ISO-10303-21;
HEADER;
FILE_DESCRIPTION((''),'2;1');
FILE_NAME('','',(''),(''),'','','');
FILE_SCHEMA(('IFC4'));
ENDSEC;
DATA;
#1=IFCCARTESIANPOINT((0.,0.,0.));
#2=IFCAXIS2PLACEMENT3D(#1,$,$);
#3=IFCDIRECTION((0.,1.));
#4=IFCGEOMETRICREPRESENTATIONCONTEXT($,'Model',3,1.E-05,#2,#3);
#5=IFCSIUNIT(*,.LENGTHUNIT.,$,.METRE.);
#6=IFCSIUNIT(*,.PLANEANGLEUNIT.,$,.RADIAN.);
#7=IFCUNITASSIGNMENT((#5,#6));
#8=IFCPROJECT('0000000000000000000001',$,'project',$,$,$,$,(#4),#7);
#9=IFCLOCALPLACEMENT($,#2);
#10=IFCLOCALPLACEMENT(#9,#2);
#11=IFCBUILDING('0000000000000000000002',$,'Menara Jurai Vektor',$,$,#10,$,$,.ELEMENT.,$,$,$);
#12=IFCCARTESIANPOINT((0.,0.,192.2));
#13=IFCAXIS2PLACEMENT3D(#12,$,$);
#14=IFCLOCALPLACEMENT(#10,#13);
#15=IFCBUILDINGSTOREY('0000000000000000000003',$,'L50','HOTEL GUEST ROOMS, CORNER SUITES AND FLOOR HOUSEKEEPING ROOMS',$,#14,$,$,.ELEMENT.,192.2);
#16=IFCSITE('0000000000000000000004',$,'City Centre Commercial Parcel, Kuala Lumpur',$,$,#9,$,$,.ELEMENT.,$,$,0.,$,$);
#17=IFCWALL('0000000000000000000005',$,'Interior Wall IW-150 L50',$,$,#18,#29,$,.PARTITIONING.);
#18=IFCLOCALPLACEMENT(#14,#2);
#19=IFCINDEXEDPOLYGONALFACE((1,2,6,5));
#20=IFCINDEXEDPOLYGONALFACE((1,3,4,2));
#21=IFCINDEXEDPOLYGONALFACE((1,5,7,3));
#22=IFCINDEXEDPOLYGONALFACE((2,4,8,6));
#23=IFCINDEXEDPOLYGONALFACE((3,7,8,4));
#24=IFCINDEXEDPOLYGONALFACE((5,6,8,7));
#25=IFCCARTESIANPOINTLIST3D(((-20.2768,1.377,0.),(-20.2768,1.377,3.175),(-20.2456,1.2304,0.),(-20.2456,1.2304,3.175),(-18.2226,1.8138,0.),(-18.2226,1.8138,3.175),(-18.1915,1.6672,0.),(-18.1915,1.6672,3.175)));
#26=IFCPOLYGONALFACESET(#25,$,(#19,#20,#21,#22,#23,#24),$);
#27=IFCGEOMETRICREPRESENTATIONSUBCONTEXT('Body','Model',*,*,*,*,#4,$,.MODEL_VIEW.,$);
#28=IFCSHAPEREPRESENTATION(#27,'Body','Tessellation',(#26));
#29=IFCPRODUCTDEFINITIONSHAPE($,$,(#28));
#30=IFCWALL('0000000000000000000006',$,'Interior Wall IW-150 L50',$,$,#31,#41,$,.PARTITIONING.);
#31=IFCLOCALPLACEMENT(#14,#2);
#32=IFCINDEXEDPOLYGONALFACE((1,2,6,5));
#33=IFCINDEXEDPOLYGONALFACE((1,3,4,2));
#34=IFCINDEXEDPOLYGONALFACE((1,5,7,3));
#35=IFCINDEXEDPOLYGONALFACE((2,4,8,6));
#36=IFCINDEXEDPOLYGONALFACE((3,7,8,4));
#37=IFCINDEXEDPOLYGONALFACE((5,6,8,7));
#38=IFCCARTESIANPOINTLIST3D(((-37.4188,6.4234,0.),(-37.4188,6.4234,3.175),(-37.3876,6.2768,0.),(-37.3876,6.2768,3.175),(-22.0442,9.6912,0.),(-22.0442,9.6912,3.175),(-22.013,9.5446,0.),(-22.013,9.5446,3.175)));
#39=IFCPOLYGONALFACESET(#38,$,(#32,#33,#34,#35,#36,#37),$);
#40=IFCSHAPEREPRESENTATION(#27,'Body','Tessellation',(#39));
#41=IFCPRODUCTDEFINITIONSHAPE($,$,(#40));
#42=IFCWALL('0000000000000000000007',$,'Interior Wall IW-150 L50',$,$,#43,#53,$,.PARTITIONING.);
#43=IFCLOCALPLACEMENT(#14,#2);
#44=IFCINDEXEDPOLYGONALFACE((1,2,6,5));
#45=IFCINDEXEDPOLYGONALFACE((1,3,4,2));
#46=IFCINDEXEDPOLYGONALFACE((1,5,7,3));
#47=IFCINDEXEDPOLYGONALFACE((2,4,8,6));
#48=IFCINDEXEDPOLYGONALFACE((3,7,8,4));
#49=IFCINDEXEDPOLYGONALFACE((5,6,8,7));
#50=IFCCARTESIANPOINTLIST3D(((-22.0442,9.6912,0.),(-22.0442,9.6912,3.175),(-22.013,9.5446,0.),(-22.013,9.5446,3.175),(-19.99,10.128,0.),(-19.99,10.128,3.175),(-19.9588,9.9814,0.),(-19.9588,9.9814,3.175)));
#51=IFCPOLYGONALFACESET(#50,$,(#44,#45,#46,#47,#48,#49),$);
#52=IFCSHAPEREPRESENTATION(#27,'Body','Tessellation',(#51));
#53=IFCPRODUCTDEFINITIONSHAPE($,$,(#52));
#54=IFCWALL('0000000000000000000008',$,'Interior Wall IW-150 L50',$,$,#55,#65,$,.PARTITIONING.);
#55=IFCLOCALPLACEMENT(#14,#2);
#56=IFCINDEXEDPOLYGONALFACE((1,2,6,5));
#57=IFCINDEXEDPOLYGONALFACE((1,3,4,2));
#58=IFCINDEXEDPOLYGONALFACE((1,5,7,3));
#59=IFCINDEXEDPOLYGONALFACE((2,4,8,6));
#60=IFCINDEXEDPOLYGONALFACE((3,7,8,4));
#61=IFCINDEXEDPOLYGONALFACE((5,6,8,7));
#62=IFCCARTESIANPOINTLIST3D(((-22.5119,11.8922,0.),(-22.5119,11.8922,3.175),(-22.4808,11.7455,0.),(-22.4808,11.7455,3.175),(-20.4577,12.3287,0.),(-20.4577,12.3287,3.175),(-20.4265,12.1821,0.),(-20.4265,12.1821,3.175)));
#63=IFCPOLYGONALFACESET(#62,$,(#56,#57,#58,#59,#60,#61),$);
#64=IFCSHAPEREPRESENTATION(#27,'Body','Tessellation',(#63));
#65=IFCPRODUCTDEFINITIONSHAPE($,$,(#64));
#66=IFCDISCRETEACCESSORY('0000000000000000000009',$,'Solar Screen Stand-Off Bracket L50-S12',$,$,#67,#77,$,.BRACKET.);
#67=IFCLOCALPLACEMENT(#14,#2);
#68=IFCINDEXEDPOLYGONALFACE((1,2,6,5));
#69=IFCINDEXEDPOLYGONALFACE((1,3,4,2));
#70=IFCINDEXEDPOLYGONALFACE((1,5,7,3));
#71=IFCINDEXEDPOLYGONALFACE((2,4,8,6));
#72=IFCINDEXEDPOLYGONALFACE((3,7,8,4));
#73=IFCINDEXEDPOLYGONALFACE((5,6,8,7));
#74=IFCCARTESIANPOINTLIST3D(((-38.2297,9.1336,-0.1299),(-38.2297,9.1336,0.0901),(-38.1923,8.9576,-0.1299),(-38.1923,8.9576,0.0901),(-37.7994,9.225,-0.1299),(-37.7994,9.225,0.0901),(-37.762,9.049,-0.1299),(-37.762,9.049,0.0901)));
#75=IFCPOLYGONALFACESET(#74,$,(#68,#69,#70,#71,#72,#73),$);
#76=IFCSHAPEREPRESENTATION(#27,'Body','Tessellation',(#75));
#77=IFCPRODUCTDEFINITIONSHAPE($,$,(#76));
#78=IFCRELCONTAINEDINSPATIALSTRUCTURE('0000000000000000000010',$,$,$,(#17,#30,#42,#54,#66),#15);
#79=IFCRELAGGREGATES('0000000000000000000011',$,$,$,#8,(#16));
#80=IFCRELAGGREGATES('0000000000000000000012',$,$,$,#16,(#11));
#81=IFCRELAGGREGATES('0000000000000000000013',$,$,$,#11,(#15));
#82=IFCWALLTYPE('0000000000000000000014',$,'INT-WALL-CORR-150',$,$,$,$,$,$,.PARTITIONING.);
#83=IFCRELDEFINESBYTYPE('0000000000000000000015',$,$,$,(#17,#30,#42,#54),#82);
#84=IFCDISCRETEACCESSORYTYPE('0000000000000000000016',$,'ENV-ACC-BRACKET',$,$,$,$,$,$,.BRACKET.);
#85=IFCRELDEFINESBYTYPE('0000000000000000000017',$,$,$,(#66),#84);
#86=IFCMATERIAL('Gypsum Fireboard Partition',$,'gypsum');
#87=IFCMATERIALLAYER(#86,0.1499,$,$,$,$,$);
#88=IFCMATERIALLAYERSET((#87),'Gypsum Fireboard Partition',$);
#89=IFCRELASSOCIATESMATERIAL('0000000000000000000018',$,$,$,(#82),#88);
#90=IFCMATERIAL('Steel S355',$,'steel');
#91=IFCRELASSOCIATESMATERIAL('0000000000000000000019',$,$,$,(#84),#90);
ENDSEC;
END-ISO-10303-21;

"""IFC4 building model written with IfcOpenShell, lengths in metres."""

from ifc_helpers import new_model, si_unit, direction, frame, frame_2d, origin, origin_2d, place, context, subcontext, project, spatial, rectangle, extrude, material, layer, layer_set, type_object, element, save


model = new_model("IFC4")

# Units and contexts
model_context = context("Model", 3, precision=1e-05, world=origin(), true_north=direction((0.0, 1.0)))
body_context = subcontext(model_context, "Body", "Model", "MODEL_VIEW")
ifc_project = project(units=[si_unit("LENGTHUNIT", "METRE"), si_unit("PLANEANGLEUNIT", "RADIAN")], contexts=[model_context])

# Site, building, storey
site_placement = place(None, origin())
site = spatial("IfcSite", under=ifc_project, at=site_placement, Name="City Centre Commercial Parcel, Kuala Lumpur", CompositionType="ELEMENT", RefElevation=0.0)
building_placement = place(site_placement, origin())
building = spatial("IfcBuilding", under=site, at=building_placement, Name="Menara Jurai Vektor", CompositionType="ELEMENT")
storey_placement = place(building_placement, frame((0.0, 0.0, 192.2)))
storey = spatial("IfcBuildingStorey", under=building, at=storey_placement, Name="L50", Description="HOTEL GUEST ROOMS, CORNER SUITES AND FLOOR HOUSEKEEPING ROOMS", CompositionType="ELEMENT", Elevation=192.2)

# Shared definitions
ifc_material_1 = material(Name="Steel S355", Category="steel")

# Shared definitions
ifc_material_2 = material(Name="Gypsum Fireboard Partition", Category="gypsum")
ifc_layer_1 = layer(ifc_material_2, 0.1499)
ifc_layer_set_1 = layer_set([ifc_layer_1], Name="Gypsum Fireboard Partition")
wall_type = type_object("IfcWallType", Name="INT-WALL-CORR-150", PredefinedType="PARTITIONING", material=ifc_layer_set_1)

# Walls
wall_1_placement = place(storey_placement, frame((-20.2612, 1.3037, 0.0), z_axis=(0.0, 0.0, 1.0), x_axis=(0.978135, 0.207973, 0.0)))
element("IfcWall", 1, at=wall_1_placement, inside=storey, type_object=wall_type, Name="Interior Wall IW-150 L50", PredefinedType="PARTITIONING", context=body_context, shape_type="SweptSolid", body=[
    extrude(rectangle(XDim=2.1001, YDim=0.1499, at=frame_2d((1.05, 0.0))), origin(), (0.0, 0.0, 1.0), 3.175),
])
wall_2_placement = place(storey_placement, frame((-37.4031, 6.3501, 0.0), z_axis=(0.0, 0.0, 1.0), x_axis=(0.978149, 0.207904, 0.0)))
element("IfcWall", 2, at=wall_2_placement, inside=storey, type_object=wall_type, Name="Interior Wall IW-150 L50", PredefinedType="PARTITIONING", context=body_context, shape_type="SweptSolid", body=[
    extrude(rectangle(XDim=15.718, YDim=0.1499, at=frame_2d((7.8589, 0.0))), origin(), (0.0, 0.0, 1.0), 3.175),
])
wall_3_placement = place(storey_placement, frame((-22.0286, 9.6179, 0.0), z_axis=(0.0, 0.0, 1.0), x_axis=(0.978135, 0.207973, 0.0)))
element("IfcWall", 3, at=wall_3_placement, inside=storey, type_object=wall_type, Name="Interior Wall IW-150 L50", PredefinedType="PARTITIONING", context=body_context, shape_type="SweptSolid", body=[
    extrude(rectangle(XDim=2.1001, YDim=0.1499, at=frame_2d((1.05, 0.0))), origin(), (0.0, 0.0, 1.0), 3.175),
])

# Wall
wall_4_placement = place(storey_placement, frame((-22.4963, 11.8188, 0.0), z_axis=(0.0, 0.0, 1.0), x_axis=(0.978158, 0.207862, 0.0)))
element("IfcWall", 4, at=wall_4_placement, inside=storey, type_object=wall_type, Name="Interior Wall IW-150 L50", PredefinedType="PARTITIONING", context=body_context, shape_type="SweptSolid", body=[
    extrude(rectangle(XDim=2.1001, YDim=0.1499, at=frame_2d((1.05, 0.0))), origin(), (0.0, 0.0, 1.0), 3.175),
])

# Discrete accessory
discrete_accessory_type = type_object("IfcDiscreteAccessoryType", Name="ENV-ACC-BRACKET", PredefinedType="BRACKET", material=ifc_material_1)
discrete_accessory_placement = place(storey_placement, frame((-37.9958, 9.0913, -0.1299), z_axis=(0.0, 0.0, 1.0), x_axis=(0.207912, -0.978148, 0.0)))
element("IfcDiscreteAccessory", 5, at=discrete_accessory_placement, inside=storey, type_object=discrete_accessory_type, Name="Solar Screen Stand-Off Bracket L50-S12", PredefinedType="BRACKET", context=body_context, shape_type="SweptSolid", body=[
    extrude(rectangle(XDim=0.1799, YDim=0.4399, at=origin_2d()), origin(), (0.0, 0.0, 1.0), 0.22),
])

save(model, "model.ifc")
